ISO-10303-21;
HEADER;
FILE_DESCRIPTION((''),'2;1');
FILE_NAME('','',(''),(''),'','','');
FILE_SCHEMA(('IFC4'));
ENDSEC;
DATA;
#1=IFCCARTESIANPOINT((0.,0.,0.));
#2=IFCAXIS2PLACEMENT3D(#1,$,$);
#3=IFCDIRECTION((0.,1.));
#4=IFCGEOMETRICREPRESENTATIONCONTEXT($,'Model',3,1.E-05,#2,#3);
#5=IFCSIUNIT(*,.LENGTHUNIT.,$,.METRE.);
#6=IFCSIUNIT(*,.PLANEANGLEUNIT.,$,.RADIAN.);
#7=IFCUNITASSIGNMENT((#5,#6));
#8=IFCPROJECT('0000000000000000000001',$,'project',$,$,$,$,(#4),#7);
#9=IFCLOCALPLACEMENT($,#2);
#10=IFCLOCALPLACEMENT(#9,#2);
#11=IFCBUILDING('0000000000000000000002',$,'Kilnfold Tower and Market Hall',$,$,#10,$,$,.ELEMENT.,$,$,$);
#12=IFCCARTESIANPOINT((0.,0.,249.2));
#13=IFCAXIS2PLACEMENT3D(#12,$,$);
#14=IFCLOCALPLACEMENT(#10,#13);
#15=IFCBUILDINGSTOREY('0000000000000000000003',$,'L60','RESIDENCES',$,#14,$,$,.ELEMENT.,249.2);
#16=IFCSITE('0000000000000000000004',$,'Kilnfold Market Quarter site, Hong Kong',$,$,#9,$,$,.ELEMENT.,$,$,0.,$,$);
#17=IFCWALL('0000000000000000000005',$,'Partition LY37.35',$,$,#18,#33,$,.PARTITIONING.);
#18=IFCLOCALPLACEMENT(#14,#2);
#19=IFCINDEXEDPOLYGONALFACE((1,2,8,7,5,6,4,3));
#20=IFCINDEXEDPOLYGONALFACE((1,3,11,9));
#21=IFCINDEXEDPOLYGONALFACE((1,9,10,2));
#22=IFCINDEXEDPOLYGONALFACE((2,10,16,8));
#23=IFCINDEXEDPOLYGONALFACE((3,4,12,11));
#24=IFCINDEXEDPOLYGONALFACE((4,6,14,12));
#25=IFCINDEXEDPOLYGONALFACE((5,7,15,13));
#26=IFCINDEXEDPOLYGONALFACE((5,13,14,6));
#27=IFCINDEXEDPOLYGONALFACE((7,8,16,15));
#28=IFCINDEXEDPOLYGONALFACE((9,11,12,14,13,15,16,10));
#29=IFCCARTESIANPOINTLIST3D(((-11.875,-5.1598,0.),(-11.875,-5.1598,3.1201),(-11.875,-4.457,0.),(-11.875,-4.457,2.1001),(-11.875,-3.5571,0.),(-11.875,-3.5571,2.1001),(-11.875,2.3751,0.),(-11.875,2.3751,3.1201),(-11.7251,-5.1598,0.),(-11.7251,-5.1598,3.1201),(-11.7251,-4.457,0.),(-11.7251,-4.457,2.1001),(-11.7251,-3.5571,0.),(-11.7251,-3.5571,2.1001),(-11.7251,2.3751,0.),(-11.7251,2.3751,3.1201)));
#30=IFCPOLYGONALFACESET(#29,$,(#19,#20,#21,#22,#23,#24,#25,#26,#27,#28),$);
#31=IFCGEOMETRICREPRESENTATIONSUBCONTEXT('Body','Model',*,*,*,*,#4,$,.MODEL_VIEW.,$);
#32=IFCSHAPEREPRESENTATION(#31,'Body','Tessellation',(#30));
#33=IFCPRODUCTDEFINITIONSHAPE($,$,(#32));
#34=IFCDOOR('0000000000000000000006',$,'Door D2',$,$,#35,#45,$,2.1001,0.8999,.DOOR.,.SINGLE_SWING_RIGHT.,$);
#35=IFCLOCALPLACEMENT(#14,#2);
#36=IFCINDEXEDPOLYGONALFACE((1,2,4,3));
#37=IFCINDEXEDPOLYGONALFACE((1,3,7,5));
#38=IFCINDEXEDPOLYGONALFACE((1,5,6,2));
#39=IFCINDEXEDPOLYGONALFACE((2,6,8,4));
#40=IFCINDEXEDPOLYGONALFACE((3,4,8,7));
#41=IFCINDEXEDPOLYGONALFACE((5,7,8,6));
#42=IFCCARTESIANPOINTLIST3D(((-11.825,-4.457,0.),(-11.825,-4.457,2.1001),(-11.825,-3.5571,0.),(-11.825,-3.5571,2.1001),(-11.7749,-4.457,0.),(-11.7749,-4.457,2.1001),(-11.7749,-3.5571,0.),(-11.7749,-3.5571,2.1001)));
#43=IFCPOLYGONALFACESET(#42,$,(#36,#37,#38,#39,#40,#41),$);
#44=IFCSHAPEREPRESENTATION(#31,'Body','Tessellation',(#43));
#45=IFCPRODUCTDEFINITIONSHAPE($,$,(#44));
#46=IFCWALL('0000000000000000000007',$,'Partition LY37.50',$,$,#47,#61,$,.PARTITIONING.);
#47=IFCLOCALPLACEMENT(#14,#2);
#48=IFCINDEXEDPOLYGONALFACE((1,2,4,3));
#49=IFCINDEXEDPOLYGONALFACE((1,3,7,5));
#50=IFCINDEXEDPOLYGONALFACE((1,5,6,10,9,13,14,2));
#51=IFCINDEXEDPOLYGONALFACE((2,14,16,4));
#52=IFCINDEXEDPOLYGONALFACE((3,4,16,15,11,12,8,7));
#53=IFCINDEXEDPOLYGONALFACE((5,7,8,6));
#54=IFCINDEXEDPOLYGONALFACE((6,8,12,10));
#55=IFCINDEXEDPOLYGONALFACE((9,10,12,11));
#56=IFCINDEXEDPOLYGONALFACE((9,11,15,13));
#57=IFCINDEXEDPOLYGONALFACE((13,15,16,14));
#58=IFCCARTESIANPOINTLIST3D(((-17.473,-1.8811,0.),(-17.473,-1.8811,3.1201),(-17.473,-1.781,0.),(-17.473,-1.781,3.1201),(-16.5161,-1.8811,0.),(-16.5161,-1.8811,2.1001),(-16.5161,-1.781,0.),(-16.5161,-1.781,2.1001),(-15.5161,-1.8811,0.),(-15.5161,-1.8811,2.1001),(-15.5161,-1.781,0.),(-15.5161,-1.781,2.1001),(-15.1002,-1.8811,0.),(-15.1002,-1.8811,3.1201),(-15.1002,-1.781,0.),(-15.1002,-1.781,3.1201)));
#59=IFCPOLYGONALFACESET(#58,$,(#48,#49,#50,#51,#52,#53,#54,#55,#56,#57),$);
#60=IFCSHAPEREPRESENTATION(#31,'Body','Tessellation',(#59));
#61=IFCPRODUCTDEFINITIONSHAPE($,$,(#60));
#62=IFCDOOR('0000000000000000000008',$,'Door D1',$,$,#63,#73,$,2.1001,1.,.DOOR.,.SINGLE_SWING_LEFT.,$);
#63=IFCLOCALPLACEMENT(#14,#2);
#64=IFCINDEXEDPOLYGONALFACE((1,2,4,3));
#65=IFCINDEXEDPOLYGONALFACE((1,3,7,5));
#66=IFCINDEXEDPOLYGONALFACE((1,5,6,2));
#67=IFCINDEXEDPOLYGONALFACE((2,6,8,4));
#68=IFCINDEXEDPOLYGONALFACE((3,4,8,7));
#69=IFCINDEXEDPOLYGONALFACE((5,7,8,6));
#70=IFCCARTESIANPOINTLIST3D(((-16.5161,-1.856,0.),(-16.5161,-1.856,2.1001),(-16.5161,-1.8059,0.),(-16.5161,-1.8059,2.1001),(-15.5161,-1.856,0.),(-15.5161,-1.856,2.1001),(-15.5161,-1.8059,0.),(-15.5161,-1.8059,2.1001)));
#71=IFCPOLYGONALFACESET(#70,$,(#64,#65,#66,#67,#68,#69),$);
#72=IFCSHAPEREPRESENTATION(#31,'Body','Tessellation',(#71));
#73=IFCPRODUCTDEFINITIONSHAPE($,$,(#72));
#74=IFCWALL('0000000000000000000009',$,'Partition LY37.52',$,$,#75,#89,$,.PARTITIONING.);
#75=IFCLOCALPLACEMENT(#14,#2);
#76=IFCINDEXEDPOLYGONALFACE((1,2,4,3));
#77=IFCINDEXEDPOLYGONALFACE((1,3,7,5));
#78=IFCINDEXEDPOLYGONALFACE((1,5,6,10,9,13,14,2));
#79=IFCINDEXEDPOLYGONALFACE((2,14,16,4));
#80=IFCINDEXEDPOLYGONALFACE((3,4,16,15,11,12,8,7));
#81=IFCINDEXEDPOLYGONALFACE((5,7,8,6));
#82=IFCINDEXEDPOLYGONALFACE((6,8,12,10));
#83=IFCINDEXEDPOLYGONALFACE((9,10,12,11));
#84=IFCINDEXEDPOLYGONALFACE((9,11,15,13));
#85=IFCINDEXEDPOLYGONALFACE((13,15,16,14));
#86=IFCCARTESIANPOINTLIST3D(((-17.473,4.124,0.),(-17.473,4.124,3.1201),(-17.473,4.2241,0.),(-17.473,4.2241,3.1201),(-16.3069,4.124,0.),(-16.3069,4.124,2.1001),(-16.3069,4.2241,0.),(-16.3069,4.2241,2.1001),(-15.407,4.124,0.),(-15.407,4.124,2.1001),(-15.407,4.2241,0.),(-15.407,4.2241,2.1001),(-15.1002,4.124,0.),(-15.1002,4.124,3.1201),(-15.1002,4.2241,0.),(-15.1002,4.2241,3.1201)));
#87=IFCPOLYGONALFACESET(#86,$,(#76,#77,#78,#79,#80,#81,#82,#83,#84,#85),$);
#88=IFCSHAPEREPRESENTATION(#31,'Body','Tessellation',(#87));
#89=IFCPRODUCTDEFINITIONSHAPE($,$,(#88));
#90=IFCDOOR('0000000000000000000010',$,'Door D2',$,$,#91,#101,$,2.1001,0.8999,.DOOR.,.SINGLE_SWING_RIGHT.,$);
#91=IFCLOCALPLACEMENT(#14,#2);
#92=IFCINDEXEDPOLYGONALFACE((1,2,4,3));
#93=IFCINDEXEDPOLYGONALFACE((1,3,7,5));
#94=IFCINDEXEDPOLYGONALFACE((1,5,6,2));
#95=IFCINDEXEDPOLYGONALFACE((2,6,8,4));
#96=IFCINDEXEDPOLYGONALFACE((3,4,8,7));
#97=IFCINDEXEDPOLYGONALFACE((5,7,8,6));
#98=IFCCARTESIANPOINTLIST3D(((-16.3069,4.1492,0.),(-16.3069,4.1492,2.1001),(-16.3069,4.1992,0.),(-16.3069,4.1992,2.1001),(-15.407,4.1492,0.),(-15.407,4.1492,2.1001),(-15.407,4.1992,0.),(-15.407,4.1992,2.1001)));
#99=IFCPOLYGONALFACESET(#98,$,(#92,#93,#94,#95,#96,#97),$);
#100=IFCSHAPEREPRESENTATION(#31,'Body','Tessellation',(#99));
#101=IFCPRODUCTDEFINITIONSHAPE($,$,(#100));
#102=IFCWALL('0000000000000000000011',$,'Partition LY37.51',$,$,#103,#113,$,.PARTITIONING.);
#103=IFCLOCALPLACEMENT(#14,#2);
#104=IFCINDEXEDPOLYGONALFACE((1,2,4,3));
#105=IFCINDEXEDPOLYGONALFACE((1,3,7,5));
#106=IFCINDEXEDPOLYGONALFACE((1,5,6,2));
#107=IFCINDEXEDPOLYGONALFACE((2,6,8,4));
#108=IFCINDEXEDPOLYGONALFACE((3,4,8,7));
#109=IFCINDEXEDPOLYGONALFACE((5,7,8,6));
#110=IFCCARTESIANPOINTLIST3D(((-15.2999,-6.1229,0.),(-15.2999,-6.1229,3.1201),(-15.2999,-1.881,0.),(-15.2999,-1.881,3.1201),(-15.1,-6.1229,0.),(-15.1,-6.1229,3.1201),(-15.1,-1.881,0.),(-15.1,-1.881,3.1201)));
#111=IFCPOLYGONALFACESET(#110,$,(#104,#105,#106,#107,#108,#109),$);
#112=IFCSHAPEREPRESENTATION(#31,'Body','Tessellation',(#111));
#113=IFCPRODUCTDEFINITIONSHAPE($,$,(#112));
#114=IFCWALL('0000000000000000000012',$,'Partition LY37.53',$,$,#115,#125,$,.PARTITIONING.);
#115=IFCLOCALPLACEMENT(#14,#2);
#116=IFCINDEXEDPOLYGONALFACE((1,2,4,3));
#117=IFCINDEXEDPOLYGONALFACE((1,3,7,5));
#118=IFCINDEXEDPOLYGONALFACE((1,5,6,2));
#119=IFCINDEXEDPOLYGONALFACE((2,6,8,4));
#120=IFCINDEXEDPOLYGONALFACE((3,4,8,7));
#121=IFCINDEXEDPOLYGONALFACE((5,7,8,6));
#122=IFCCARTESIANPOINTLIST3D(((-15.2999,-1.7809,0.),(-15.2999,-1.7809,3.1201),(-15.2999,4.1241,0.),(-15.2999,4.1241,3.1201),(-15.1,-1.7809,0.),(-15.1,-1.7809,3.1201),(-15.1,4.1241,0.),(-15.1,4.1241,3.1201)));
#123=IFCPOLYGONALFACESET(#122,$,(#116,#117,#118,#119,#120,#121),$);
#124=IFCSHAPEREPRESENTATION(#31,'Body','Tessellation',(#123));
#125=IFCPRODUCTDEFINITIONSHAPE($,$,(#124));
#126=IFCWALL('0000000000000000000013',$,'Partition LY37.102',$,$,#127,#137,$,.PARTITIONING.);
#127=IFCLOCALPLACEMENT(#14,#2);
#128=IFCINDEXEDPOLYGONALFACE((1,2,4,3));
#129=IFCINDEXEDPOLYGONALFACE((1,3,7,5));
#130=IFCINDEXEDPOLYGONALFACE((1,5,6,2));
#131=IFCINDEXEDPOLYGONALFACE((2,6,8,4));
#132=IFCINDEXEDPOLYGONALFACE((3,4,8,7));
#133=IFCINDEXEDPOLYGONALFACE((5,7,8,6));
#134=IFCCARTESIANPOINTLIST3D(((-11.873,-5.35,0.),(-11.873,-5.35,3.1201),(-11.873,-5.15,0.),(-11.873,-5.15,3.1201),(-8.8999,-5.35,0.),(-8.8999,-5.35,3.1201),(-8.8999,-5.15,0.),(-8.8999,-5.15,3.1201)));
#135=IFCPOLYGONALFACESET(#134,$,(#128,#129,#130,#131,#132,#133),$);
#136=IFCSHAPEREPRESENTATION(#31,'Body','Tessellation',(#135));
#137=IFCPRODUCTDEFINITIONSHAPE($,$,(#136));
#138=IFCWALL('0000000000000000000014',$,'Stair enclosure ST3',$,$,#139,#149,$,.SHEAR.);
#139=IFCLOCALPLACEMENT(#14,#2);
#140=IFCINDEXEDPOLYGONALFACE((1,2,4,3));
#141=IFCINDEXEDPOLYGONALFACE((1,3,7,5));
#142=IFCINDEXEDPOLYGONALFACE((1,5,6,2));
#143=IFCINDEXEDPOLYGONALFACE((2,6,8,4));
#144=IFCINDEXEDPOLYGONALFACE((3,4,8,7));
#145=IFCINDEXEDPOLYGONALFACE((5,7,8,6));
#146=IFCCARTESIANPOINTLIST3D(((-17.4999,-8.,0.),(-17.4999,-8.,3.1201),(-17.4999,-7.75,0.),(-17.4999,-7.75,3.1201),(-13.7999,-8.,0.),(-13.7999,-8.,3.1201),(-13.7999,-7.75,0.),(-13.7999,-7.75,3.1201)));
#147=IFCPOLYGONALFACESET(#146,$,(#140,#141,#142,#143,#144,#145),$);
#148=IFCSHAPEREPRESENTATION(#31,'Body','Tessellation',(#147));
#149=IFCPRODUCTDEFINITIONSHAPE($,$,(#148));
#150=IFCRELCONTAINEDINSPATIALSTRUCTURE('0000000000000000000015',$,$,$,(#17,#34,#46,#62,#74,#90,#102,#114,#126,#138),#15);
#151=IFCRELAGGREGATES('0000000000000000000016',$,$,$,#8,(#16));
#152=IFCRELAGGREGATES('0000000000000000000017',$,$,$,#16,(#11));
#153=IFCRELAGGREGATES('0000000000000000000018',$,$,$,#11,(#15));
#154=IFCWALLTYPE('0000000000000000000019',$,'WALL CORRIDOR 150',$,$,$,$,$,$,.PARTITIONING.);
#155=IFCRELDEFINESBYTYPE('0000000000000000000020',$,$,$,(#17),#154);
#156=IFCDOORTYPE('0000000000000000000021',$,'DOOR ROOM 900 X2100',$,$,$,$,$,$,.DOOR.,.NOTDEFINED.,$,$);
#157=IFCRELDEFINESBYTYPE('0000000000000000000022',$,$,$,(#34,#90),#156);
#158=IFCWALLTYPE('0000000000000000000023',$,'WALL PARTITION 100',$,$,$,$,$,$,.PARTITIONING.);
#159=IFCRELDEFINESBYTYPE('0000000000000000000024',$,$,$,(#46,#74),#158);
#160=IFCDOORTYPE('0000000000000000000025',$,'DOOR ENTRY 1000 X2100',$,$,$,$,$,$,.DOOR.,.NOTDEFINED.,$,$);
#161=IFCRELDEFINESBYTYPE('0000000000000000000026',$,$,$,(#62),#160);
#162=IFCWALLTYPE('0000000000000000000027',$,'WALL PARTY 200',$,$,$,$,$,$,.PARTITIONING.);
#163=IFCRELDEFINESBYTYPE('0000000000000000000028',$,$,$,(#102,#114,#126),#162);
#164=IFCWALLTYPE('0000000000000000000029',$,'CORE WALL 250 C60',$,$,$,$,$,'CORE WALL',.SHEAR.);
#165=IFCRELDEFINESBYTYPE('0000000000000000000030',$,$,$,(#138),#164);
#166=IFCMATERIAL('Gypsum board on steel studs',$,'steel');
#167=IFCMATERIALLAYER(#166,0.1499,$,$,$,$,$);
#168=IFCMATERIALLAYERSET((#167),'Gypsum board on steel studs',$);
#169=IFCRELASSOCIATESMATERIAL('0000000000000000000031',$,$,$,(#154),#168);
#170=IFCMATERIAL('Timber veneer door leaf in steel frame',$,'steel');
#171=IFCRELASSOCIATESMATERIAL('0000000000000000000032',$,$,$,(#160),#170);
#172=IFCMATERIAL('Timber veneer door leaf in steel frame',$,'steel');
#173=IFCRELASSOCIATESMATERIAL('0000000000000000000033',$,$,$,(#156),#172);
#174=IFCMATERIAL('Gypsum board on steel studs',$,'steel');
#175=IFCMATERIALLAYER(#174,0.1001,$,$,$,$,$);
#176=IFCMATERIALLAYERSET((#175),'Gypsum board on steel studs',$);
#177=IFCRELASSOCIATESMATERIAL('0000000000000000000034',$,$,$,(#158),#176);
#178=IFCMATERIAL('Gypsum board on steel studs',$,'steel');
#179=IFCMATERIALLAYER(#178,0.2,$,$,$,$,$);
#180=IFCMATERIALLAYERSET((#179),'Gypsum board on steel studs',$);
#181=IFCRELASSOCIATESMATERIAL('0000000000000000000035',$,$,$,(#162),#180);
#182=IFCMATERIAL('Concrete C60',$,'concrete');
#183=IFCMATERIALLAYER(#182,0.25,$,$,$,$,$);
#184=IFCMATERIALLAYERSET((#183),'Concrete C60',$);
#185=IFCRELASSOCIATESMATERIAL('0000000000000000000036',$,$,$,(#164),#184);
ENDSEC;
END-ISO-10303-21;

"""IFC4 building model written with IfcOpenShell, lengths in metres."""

from ifc_helpers import new_model, si_unit, direction, frame, frame_2d, origin, place, context, subcontext, project, spatial, rectangle, extrude, source, transform, mapped, material, layer, layer_set, type_object, element, fill, save


model = new_model("IFC4")

# Units and contexts
model_context = context("Model", 3, precision=1e-05, world=origin(), true_north=direction((0.0, 1.0)))
body_context = subcontext(model_context, "Body", "Model", "MODEL_VIEW")
ifc_project = project(units=[si_unit("LENGTHUNIT", "METRE"), si_unit("PLANEANGLEUNIT", "RADIAN")], contexts=[model_context])

# Site, building, storey
site_placement = place(None, origin())
site = spatial("IfcSite", under=ifc_project, at=site_placement, Name="Kilnfold Market Quarter site, Hong Kong", CompositionType="ELEMENT", RefElevation=0.0)
building_placement = place(site_placement, origin())
building = spatial("IfcBuilding", under=site, at=building_placement, Name="Kilnfold Tower and Market Hall", CompositionType="ELEMENT")
storey_placement = place(building_placement, frame((0.0, 0.0, 249.2)))
storey = spatial("IfcBuildingStorey", under=building, at=storey_placement, Name="L60", Description="RESIDENCES", CompositionType="ELEMENT", Elevation=249.2)

# Shared definitions
ifc_material_1 = material(Name="Gypsum board on steel studs", Category="steel")
ifc_layer_1 = layer(ifc_material_1, 0.1499)
ifc_layer_set_1 = layer_set([ifc_layer_1], Name="Gypsum board on steel studs")
wall_type_1 = type_object("IfcWallType", Name="WALL CORRIDOR 150", PredefinedType="PARTITIONING", material=ifc_layer_set_1)
ifc_material_2 = material(Name="Timber veneer door leaf in steel frame", Category="steel")
door_type_1 = type_object("IfcDoorType", Name="DOOR ENTRY 1000 X2100", OperationType="NOTDEFINED", PredefinedType="DOOR", material=ifc_material_2)

# Walls, openings, doors
wall_1_placement = place(storey_placement, frame((-11.8, -5.1599, 0.0), z_axis=(0.0, 0.0, 1.0), x_axis=(0.0, 1.0, 0.0)))
wall_1 = element("IfcWall", 1, at=wall_1_placement, inside=storey, type_object=wall_type_1, Name="Partition LY37.35", PredefinedType="PARTITIONING", context=body_context, shape_type="SweptSolid", body=[
    extrude(rectangle(XDim=7.5349, YDim=0.1499, at=frame_2d((3.7676, 0.0))), origin(), (0.0, 0.0, 1.0), 3.1201),
])
opening_1_placement = place(wall_1_placement, frame((0.7029, 0.0, 0.0)))
opening_1 = element("IfcOpeningElement", 2, at=opening_1_placement, cuts=wall_1, PredefinedType="OPENING", context=body_context, shape_type="SweptSolid", body=[
    extrude(rectangle(XDim=0.8999, YDim=2.1001, at=frame_2d((0.45, 1.05))), frame((0.0, 0.085, 0.0), z_axis=(0.0, -1.0, 0.0), x_axis=(1.0, 0.0, 0.0)), (0.0, 0.0, 1.0), 0.1699),
])
ifc_material_3 = material(Name="Timber veneer door leaf in steel frame", Category="steel")
door_type_2 = type_object("IfcDoorType", Name="DOOR ROOM 900 X2100", OperationType="NOTDEFINED", PredefinedType="DOOR", material=ifc_material_3)
door_1_placement = place(opening_1_placement, origin())
door_1 = element("IfcDoor", 3, at=door_1_placement, inside=storey, type_object=door_type_2, Name="Door D2", OperationType="SINGLE_SWING_RIGHT", OverallHeight=2.1001, OverallWidth=0.8999, PredefinedType="DOOR", context=body_context, shape_type="SweptSolid", body=[
    extrude(rectangle(XDim=0.8999, YDim=2.1001, at=frame_2d((0.45, 1.05))), frame((0.0, 0.0249, 0.0), z_axis=(0.0, -1.0, 0.0), x_axis=(1.0, 0.0, 0.0)), (0.0, 0.0, 1.0), 0.05),
])
fill(opening_1, door_1)
ifc_material_4 = material(Name="Gypsum board on steel studs", Category="steel")
ifc_layer_2 = layer(ifc_material_4, 0.1001)
ifc_layer_set_2 = layer_set([ifc_layer_2], Name="Gypsum board on steel studs")
wall_type_2 = type_object("IfcWallType", Name="WALL PARTITION 100", PredefinedType="PARTITIONING", material=ifc_layer_set_2)
wall_2_placement = place(storey_placement, frame((-15.1001, -1.8311, 0.0), z_axis=(0.0, 0.0, 1.0), x_axis=(-1.0, 0.0, 0.0)))
wall_2 = element("IfcWall", 4, at=wall_2_placement, inside=storey, type_object=wall_type_2, Name="Partition LY37.50", PredefinedType="PARTITIONING", context=body_context, shape_type="SweptSolid", body=[
    extrude(rectangle(XDim=2.3728, YDim=0.1001, at=frame_2d((1.1865, 0.0))), origin(), (0.0, 0.0, 1.0), 3.1201),
])
opening_2_placement = place(wall_2_placement, frame((0.416, 0.0, 0.0)))
opening_2 = element("IfcOpeningElement", 5, at=opening_2_placement, cuts=wall_2, PredefinedType="OPENING", context=body_context, shape_type="SweptSolid", body=[
    extrude(rectangle(XDim=1.0, YDim=2.1001, at=frame_2d((0.5, 1.05))), frame((0.0, 0.0601, 0.0), z_axis=(0.0, -1.0, 0.0), x_axis=(1.0, 0.0, 0.0)), (0.0, 0.0, 1.0), 0.1201),
])
door_2_placement = place(opening_2_placement, origin())
door_2 = element("IfcDoor", 6, at=door_2_placement, inside=storey, type_object=door_type_1, Name="Door D1", OperationType="SINGLE_SWING_LEFT", OverallHeight=2.1001, OverallWidth=1.0, PredefinedType="DOOR", context=body_context, shape_type="SweptSolid", body=[
    extrude(rectangle(XDim=1.0, YDim=2.1001, at=frame_2d((0.5, 1.05))), frame((0.0, 0.0249, 0.0), z_axis=(0.0, -1.0, 0.0), x_axis=(1.0, 0.0, 0.0)), (0.0, 0.0, 1.0), 0.05),
])
fill(opening_2, door_2)
wall_3_placement = place(storey_placement, frame((-15.1001, 4.1741, 0.0), z_axis=(0.0, 0.0, 1.0), x_axis=(-1.0, 0.0, 0.0)))
wall_3 = element("IfcWall", 7, at=wall_3_placement, inside=storey, type_object=wall_type_2, Name="Partition LY37.52", PredefinedType="PARTITIONING", context=body_context, shape_type="SweptSolid", body=[
    extrude(rectangle(XDim=2.3728, YDim=0.1001, at=frame_2d((1.1865, 0.0))), origin(), (0.0, 0.0, 1.0), 3.1201),
])
opening_3_placement = place(wall_3_placement, frame((0.3069, 0.0, 0.0)))
opening_3 = element("IfcOpeningElement", 8, at=opening_3_placement, cuts=wall_3, PredefinedType="OPENING", context=body_context, shape_type="SweptSolid", body=[
    extrude(rectangle(XDim=0.8999, YDim=2.1001, at=frame_2d((0.45, 1.05))), frame((0.0, 0.0601, 0.0), z_axis=(0.0, -1.0, 0.0), x_axis=(1.0, 0.0, 0.0)), (0.0, 0.0, 1.0), 0.1201),
])
door_3_placement = place(opening_3_placement, origin())
door_3 = element("IfcDoor", 9, at=door_3_placement, inside=storey, type_object=door_type_2, Name="Door D2", OperationType="SINGLE_SWING_RIGHT", OverallHeight=2.1001, OverallWidth=0.8999, PredefinedType="DOOR", context=body_context, shape_type="SweptSolid", body=[
    extrude(rectangle(XDim=0.8999, YDim=2.1001, at=frame_2d((0.45, 1.05))), frame((0.0, 0.0249, 0.0), z_axis=(0.0, -1.0, 0.0), x_axis=(1.0, 0.0, 0.0)), (0.0, 0.0, 1.0), 0.05),
])
fill(opening_3, door_3)

# Walls
ifc_material_5 = material(Name="Gypsum board on steel studs", Category="steel")
ifc_layer_3 = layer(ifc_material_5, 0.2)
ifc_layer_set_3 = layer_set([ifc_layer_3], Name="Gypsum board on steel studs")
wall_type_3 = type_object("IfcWallType", Name="WALL PARTY 200", PredefinedType="PARTITIONING", material=ifc_layer_set_3)
wall_4_placement = place(storey_placement, frame((-15.2, -6.123, 0.0), z_axis=(0.0, 0.0, 1.0), x_axis=(0.0, 1.0, 0.0)))
element("IfcWall", 10, at=wall_4_placement, inside=storey, type_object=wall_type_3, Name="Partition LY37.51", PredefinedType="PARTITIONING", context=body_context, shape_type="SweptSolid", body=[
    extrude(rectangle(XDim=4.2419, YDim=0.2, at=frame_2d((2.1211, 0.0))), origin(), (0.0, 0.0, 1.0), 3.1201),
])
wall_5_placement = place(storey_placement, frame((-15.2, -1.781, 0.0), z_axis=(0.0, 0.0, 1.0), x_axis=(0.0, 1.0, 0.0)))
element("IfcWall", 11, at=wall_5_placement, inside=storey, type_object=wall_type_3, Name="Partition LY37.53", PredefinedType="PARTITIONING", context=body_context, shape_type="SweptSolid", body=[
    extrude(rectangle(XDim=5.905, YDim=0.2, at=frame_2d((2.9526, 0.0))), origin(), (0.0, 0.0, 1.0), 3.1201),
])
wall_6_placement = place(storey_placement, frame((-11.873, -5.25, 0.0), z_axis=(0.0, 0.0, 1.0), x_axis=(1.0, 0.0, 0.0)))
element("IfcWall", 12, at=wall_6_placement, inside=storey, type_object=wall_type_3, Name="Partition LY37.102", PredefinedType="PARTITIONING", context=body_context, shape_type="SweptSolid", body=[
    extrude(rectangle(XDim=2.9731, YDim=0.2, at=frame_2d((1.4866, 0.0))), origin(), (0.0, 0.0, 1.0), 3.1201),
])
ifc_material_6 = material(Name="Concrete C60", Category="concrete")
ifc_layer_4 = layer(ifc_material_6, 0.25)
ifc_layer_set_4 = layer_set([ifc_layer_4], Name="Concrete C60")
wall_type_4 = type_object("IfcWallType", Name="CORE WALL 250 C60", ElementType="CORE WALL", PredefinedType="SHEAR", material=ifc_layer_set_4)
shared_shape_1 = source(origin(), body_context, "Body", "SweptSolid", [
    extrude(rectangle(XDim=3.7, YDim=0.25, at=frame_2d((1.8501, 0.0))), origin(), (0.0, 0.0, 1.0), 3.1201),
])
wall_7_placement = place(storey_placement, frame((-17.5, -7.875, 0.0), z_axis=(0.0, 0.0, 1.0), x_axis=(1.0, 0.0, 0.0)))
element("IfcWall", 13, at=wall_7_placement, inside=storey, type_object=wall_type_4, Name="Stair enclosure ST3", PredefinedType="SHEAR", context=body_context, shape_type="MappedRepresentation", body=[
    mapped(shared_shape_1, transform((0.0, 0.0, 0.0))),
])

save(model, "model.ifc")
